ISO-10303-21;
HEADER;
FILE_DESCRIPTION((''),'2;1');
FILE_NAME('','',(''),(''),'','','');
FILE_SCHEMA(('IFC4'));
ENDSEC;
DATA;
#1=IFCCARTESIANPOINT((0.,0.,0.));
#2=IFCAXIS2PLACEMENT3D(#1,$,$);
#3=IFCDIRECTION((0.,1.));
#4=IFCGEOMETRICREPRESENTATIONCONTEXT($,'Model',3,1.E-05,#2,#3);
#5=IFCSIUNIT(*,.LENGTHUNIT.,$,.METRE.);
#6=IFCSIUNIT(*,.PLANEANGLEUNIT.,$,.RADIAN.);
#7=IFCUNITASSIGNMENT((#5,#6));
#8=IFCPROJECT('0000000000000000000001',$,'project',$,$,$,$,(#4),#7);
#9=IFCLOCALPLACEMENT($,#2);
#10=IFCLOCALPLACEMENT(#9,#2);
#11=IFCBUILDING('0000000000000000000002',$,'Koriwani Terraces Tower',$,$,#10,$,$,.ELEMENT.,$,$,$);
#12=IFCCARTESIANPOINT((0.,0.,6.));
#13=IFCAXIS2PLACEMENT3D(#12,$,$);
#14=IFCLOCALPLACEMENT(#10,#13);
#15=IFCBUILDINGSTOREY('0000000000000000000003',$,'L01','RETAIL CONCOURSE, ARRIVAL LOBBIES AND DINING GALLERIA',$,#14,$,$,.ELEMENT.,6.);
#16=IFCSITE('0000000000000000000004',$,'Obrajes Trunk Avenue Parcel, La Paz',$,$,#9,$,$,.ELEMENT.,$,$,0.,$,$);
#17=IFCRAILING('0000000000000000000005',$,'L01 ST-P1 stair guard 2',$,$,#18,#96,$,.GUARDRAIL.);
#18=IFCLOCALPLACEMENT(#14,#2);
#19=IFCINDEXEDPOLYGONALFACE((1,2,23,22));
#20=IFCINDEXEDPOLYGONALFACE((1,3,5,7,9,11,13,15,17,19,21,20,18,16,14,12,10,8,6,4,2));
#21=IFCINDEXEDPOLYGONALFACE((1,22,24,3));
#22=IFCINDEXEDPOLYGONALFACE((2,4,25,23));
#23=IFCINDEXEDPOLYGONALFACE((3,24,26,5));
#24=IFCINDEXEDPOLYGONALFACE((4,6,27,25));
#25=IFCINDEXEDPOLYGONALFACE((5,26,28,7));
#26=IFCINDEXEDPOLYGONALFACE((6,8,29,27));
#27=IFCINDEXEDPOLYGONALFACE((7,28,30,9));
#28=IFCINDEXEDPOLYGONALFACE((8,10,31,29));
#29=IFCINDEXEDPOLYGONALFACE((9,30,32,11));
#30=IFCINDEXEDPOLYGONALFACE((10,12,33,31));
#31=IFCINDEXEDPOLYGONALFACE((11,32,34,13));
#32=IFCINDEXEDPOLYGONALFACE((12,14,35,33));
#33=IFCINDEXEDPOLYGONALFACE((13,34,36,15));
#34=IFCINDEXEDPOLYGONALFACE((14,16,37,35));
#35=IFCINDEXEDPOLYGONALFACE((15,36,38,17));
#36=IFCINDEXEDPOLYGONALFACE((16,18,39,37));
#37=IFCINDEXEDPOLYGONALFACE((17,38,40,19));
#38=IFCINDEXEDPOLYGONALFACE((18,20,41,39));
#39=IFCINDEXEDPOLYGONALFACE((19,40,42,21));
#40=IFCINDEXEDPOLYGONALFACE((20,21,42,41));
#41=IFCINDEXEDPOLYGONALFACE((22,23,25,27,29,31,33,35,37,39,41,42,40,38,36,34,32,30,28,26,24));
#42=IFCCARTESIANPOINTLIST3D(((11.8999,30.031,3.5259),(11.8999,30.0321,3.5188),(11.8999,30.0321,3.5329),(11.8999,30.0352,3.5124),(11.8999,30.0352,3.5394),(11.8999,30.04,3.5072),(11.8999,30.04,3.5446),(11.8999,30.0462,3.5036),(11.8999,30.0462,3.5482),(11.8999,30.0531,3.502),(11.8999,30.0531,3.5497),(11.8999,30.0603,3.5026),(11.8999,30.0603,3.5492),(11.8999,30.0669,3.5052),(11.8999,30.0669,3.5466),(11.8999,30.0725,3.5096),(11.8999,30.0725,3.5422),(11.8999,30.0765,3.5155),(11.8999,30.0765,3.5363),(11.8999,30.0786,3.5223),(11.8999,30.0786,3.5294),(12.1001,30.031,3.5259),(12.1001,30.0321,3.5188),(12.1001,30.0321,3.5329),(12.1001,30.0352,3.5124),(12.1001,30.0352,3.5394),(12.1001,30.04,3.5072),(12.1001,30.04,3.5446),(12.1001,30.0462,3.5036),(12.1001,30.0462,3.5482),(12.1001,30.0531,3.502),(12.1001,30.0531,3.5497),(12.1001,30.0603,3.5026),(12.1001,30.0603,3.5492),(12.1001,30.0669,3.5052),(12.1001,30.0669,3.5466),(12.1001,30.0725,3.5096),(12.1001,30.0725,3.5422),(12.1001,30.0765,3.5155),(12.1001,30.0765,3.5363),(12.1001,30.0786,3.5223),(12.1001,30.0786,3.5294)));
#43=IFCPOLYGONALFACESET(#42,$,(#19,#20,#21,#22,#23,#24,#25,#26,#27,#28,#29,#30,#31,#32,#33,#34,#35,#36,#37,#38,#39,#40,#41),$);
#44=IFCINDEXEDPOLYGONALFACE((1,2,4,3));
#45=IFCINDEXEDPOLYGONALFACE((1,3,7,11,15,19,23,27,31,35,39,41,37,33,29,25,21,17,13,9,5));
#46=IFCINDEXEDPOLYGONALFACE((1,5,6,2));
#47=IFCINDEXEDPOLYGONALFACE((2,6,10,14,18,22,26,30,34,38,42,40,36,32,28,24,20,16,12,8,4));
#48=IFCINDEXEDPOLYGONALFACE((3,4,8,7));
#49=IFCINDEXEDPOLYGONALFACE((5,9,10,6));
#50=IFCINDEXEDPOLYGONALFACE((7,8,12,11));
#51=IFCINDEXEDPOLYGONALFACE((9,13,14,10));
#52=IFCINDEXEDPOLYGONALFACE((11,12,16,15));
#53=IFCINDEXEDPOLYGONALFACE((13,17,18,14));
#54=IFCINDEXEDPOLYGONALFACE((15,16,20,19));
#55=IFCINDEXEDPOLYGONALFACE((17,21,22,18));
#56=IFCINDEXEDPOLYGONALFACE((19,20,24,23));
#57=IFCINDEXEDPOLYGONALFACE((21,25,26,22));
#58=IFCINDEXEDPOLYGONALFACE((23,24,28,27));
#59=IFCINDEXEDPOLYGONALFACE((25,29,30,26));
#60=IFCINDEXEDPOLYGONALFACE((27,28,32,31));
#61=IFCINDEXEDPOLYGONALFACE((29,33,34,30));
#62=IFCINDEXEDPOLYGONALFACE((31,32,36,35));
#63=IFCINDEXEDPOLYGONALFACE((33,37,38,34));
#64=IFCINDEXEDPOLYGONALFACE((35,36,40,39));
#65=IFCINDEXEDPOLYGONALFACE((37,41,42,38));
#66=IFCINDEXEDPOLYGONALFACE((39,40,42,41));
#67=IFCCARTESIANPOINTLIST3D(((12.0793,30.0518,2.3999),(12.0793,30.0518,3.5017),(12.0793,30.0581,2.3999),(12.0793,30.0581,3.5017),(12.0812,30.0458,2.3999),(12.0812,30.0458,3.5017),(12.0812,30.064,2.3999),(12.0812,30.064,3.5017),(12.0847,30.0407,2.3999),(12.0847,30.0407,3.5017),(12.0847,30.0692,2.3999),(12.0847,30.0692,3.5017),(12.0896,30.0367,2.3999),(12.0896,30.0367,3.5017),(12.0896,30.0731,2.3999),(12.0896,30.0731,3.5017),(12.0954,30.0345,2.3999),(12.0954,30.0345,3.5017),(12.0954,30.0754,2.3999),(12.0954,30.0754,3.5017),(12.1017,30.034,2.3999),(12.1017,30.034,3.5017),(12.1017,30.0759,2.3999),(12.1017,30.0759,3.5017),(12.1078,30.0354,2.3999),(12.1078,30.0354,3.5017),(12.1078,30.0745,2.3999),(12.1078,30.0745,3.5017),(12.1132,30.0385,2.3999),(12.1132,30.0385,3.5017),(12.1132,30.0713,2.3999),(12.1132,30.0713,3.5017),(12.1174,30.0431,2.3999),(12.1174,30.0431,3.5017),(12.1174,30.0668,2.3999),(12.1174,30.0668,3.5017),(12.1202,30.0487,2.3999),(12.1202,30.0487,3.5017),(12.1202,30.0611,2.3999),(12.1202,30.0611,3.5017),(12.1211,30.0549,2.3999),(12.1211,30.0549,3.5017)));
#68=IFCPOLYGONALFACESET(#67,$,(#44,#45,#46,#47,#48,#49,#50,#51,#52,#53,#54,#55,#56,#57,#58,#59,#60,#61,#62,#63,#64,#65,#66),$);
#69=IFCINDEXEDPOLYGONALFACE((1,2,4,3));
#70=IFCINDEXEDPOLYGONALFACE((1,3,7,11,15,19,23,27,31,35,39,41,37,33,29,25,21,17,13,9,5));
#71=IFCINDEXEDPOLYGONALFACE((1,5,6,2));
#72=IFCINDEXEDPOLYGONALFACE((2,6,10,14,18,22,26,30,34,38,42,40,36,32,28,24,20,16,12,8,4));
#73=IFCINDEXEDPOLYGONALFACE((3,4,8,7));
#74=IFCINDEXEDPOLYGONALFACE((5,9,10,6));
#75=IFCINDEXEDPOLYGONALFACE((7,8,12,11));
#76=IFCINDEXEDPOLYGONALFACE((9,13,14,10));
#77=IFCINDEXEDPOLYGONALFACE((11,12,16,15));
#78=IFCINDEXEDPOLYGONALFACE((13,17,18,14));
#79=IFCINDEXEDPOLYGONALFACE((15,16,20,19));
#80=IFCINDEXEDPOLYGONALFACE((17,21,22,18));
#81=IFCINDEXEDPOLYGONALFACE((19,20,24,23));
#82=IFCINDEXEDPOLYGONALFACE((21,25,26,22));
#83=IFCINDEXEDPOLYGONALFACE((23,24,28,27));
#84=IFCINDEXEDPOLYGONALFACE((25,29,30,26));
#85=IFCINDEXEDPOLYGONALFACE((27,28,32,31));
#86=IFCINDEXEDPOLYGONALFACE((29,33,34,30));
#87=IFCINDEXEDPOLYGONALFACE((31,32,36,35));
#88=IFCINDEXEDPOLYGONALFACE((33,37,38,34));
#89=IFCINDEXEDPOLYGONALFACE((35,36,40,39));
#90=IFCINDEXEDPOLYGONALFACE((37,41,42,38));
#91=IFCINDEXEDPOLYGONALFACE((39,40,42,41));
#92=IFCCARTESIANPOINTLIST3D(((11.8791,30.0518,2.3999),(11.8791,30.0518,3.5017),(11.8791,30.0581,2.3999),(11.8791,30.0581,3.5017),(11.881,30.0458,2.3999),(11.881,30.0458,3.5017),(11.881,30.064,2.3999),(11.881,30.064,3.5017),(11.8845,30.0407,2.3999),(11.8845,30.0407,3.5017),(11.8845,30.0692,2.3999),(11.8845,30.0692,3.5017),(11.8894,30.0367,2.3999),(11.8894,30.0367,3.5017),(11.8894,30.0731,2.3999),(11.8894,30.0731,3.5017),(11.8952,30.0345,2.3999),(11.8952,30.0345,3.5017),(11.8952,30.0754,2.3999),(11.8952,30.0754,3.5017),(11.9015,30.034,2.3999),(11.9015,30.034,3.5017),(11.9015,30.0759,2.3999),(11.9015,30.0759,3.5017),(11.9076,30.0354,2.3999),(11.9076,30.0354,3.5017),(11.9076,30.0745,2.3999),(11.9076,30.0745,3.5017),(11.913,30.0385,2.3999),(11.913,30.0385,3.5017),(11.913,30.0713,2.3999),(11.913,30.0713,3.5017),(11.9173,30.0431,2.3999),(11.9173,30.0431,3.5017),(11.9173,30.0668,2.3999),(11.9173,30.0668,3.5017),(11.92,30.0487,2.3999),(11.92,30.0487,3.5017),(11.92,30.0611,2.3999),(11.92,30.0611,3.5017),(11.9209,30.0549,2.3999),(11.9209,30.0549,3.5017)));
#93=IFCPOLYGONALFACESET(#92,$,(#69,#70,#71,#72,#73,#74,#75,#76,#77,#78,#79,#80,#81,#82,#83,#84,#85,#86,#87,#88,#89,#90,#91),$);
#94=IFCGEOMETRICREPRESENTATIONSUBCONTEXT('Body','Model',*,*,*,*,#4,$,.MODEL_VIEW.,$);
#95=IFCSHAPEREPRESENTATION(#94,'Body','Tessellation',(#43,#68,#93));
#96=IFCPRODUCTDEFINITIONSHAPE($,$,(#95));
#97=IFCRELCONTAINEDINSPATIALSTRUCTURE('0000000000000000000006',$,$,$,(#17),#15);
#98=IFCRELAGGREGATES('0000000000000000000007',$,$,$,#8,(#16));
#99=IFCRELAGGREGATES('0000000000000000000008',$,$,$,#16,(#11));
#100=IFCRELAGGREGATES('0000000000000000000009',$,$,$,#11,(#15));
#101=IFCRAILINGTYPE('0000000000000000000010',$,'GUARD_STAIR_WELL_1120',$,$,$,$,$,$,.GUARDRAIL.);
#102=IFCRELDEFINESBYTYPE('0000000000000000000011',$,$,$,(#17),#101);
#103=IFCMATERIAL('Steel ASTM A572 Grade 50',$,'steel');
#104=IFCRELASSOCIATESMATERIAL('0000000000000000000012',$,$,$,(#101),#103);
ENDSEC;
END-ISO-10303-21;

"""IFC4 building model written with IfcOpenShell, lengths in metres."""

from ifc_helpers import new_model, si_unit, direction, frame, origin, origin_2d, place, context, subcontext, project, spatial, circle, extrude, material, type_object, element, save


model = new_model("IFC4")

# Units and contexts
model_context = context("Model", 3, precision=1e-05, world=origin(), true_north=direction((0.0, 1.0)))
body_context = subcontext(model_context, "Body", "Model", "MODEL_VIEW")
ifc_project = project(units=[si_unit("LENGTHUNIT", "METRE"), si_unit("PLANEANGLEUNIT", "RADIAN")], contexts=[model_context])

# Site, building, storey
site_placement = place(None, origin())
site = spatial("IfcSite", under=ifc_project, at=site_placement, Name="Obrajes Trunk Avenue Parcel, La Paz", CompositionType="ELEMENT", RefElevation=0.0)
building_placement = place(site_placement, origin())
building = spatial("IfcBuilding", under=site, at=building_placement, Name="Koriwani Terraces Tower", CompositionType="ELEMENT")
storey_placement = place(building_placement, frame((0.0, 0.0, 6.0)))
storey = spatial("IfcBuildingStorey", under=building, at=storey_placement, Name="L01", Description="RETAIL CONCOURSE, ARRIVAL LOBBIES AND DINING GALLERIA", CompositionType="ELEMENT", Elevation=6.0)

# Shared definitions
ifc_material_1 = material(Name="Steel ASTM A572 Grade 50", Category="steel")

# Railing
railing_type_1 = type_object("IfcRailingType", Name="GUARD_STAIR_WELL_1120", PredefinedType="GUARDRAIL", material=ifc_material_1)
railing_1_placement = place(storey_placement, frame((12.1001, 30.0549, 2.3999)))
element("IfcRailing", 1, at=railing_1_placement, inside=storey, type_object=railing_type_1, Name="L01 ST-P1 stair guard 2", PredefinedType="GUARDRAIL", context=body_context, shape_type="SweptSolid", body=[
    extrude(circle(Radius=0.0239, at=origin_2d()), frame((0.0, 0.0, 1.126), z_axis=(-1.0, 0.0, 0.0), x_axis=(0.0, -1.0, 0.0)), (0.0, 0.0, 1.0), 0.2002),
    extrude(circle(Radius=0.021, at=origin_2d()), origin(), (0.0, 0.0, 1.0), 1.1018),
    extrude(circle(Radius=0.021, at=origin_2d()), frame((-0.2002, 0.0, 0.0)), (0.0, 0.0, 1.0), 1.1018),
])

save(model, "model.ifc")
